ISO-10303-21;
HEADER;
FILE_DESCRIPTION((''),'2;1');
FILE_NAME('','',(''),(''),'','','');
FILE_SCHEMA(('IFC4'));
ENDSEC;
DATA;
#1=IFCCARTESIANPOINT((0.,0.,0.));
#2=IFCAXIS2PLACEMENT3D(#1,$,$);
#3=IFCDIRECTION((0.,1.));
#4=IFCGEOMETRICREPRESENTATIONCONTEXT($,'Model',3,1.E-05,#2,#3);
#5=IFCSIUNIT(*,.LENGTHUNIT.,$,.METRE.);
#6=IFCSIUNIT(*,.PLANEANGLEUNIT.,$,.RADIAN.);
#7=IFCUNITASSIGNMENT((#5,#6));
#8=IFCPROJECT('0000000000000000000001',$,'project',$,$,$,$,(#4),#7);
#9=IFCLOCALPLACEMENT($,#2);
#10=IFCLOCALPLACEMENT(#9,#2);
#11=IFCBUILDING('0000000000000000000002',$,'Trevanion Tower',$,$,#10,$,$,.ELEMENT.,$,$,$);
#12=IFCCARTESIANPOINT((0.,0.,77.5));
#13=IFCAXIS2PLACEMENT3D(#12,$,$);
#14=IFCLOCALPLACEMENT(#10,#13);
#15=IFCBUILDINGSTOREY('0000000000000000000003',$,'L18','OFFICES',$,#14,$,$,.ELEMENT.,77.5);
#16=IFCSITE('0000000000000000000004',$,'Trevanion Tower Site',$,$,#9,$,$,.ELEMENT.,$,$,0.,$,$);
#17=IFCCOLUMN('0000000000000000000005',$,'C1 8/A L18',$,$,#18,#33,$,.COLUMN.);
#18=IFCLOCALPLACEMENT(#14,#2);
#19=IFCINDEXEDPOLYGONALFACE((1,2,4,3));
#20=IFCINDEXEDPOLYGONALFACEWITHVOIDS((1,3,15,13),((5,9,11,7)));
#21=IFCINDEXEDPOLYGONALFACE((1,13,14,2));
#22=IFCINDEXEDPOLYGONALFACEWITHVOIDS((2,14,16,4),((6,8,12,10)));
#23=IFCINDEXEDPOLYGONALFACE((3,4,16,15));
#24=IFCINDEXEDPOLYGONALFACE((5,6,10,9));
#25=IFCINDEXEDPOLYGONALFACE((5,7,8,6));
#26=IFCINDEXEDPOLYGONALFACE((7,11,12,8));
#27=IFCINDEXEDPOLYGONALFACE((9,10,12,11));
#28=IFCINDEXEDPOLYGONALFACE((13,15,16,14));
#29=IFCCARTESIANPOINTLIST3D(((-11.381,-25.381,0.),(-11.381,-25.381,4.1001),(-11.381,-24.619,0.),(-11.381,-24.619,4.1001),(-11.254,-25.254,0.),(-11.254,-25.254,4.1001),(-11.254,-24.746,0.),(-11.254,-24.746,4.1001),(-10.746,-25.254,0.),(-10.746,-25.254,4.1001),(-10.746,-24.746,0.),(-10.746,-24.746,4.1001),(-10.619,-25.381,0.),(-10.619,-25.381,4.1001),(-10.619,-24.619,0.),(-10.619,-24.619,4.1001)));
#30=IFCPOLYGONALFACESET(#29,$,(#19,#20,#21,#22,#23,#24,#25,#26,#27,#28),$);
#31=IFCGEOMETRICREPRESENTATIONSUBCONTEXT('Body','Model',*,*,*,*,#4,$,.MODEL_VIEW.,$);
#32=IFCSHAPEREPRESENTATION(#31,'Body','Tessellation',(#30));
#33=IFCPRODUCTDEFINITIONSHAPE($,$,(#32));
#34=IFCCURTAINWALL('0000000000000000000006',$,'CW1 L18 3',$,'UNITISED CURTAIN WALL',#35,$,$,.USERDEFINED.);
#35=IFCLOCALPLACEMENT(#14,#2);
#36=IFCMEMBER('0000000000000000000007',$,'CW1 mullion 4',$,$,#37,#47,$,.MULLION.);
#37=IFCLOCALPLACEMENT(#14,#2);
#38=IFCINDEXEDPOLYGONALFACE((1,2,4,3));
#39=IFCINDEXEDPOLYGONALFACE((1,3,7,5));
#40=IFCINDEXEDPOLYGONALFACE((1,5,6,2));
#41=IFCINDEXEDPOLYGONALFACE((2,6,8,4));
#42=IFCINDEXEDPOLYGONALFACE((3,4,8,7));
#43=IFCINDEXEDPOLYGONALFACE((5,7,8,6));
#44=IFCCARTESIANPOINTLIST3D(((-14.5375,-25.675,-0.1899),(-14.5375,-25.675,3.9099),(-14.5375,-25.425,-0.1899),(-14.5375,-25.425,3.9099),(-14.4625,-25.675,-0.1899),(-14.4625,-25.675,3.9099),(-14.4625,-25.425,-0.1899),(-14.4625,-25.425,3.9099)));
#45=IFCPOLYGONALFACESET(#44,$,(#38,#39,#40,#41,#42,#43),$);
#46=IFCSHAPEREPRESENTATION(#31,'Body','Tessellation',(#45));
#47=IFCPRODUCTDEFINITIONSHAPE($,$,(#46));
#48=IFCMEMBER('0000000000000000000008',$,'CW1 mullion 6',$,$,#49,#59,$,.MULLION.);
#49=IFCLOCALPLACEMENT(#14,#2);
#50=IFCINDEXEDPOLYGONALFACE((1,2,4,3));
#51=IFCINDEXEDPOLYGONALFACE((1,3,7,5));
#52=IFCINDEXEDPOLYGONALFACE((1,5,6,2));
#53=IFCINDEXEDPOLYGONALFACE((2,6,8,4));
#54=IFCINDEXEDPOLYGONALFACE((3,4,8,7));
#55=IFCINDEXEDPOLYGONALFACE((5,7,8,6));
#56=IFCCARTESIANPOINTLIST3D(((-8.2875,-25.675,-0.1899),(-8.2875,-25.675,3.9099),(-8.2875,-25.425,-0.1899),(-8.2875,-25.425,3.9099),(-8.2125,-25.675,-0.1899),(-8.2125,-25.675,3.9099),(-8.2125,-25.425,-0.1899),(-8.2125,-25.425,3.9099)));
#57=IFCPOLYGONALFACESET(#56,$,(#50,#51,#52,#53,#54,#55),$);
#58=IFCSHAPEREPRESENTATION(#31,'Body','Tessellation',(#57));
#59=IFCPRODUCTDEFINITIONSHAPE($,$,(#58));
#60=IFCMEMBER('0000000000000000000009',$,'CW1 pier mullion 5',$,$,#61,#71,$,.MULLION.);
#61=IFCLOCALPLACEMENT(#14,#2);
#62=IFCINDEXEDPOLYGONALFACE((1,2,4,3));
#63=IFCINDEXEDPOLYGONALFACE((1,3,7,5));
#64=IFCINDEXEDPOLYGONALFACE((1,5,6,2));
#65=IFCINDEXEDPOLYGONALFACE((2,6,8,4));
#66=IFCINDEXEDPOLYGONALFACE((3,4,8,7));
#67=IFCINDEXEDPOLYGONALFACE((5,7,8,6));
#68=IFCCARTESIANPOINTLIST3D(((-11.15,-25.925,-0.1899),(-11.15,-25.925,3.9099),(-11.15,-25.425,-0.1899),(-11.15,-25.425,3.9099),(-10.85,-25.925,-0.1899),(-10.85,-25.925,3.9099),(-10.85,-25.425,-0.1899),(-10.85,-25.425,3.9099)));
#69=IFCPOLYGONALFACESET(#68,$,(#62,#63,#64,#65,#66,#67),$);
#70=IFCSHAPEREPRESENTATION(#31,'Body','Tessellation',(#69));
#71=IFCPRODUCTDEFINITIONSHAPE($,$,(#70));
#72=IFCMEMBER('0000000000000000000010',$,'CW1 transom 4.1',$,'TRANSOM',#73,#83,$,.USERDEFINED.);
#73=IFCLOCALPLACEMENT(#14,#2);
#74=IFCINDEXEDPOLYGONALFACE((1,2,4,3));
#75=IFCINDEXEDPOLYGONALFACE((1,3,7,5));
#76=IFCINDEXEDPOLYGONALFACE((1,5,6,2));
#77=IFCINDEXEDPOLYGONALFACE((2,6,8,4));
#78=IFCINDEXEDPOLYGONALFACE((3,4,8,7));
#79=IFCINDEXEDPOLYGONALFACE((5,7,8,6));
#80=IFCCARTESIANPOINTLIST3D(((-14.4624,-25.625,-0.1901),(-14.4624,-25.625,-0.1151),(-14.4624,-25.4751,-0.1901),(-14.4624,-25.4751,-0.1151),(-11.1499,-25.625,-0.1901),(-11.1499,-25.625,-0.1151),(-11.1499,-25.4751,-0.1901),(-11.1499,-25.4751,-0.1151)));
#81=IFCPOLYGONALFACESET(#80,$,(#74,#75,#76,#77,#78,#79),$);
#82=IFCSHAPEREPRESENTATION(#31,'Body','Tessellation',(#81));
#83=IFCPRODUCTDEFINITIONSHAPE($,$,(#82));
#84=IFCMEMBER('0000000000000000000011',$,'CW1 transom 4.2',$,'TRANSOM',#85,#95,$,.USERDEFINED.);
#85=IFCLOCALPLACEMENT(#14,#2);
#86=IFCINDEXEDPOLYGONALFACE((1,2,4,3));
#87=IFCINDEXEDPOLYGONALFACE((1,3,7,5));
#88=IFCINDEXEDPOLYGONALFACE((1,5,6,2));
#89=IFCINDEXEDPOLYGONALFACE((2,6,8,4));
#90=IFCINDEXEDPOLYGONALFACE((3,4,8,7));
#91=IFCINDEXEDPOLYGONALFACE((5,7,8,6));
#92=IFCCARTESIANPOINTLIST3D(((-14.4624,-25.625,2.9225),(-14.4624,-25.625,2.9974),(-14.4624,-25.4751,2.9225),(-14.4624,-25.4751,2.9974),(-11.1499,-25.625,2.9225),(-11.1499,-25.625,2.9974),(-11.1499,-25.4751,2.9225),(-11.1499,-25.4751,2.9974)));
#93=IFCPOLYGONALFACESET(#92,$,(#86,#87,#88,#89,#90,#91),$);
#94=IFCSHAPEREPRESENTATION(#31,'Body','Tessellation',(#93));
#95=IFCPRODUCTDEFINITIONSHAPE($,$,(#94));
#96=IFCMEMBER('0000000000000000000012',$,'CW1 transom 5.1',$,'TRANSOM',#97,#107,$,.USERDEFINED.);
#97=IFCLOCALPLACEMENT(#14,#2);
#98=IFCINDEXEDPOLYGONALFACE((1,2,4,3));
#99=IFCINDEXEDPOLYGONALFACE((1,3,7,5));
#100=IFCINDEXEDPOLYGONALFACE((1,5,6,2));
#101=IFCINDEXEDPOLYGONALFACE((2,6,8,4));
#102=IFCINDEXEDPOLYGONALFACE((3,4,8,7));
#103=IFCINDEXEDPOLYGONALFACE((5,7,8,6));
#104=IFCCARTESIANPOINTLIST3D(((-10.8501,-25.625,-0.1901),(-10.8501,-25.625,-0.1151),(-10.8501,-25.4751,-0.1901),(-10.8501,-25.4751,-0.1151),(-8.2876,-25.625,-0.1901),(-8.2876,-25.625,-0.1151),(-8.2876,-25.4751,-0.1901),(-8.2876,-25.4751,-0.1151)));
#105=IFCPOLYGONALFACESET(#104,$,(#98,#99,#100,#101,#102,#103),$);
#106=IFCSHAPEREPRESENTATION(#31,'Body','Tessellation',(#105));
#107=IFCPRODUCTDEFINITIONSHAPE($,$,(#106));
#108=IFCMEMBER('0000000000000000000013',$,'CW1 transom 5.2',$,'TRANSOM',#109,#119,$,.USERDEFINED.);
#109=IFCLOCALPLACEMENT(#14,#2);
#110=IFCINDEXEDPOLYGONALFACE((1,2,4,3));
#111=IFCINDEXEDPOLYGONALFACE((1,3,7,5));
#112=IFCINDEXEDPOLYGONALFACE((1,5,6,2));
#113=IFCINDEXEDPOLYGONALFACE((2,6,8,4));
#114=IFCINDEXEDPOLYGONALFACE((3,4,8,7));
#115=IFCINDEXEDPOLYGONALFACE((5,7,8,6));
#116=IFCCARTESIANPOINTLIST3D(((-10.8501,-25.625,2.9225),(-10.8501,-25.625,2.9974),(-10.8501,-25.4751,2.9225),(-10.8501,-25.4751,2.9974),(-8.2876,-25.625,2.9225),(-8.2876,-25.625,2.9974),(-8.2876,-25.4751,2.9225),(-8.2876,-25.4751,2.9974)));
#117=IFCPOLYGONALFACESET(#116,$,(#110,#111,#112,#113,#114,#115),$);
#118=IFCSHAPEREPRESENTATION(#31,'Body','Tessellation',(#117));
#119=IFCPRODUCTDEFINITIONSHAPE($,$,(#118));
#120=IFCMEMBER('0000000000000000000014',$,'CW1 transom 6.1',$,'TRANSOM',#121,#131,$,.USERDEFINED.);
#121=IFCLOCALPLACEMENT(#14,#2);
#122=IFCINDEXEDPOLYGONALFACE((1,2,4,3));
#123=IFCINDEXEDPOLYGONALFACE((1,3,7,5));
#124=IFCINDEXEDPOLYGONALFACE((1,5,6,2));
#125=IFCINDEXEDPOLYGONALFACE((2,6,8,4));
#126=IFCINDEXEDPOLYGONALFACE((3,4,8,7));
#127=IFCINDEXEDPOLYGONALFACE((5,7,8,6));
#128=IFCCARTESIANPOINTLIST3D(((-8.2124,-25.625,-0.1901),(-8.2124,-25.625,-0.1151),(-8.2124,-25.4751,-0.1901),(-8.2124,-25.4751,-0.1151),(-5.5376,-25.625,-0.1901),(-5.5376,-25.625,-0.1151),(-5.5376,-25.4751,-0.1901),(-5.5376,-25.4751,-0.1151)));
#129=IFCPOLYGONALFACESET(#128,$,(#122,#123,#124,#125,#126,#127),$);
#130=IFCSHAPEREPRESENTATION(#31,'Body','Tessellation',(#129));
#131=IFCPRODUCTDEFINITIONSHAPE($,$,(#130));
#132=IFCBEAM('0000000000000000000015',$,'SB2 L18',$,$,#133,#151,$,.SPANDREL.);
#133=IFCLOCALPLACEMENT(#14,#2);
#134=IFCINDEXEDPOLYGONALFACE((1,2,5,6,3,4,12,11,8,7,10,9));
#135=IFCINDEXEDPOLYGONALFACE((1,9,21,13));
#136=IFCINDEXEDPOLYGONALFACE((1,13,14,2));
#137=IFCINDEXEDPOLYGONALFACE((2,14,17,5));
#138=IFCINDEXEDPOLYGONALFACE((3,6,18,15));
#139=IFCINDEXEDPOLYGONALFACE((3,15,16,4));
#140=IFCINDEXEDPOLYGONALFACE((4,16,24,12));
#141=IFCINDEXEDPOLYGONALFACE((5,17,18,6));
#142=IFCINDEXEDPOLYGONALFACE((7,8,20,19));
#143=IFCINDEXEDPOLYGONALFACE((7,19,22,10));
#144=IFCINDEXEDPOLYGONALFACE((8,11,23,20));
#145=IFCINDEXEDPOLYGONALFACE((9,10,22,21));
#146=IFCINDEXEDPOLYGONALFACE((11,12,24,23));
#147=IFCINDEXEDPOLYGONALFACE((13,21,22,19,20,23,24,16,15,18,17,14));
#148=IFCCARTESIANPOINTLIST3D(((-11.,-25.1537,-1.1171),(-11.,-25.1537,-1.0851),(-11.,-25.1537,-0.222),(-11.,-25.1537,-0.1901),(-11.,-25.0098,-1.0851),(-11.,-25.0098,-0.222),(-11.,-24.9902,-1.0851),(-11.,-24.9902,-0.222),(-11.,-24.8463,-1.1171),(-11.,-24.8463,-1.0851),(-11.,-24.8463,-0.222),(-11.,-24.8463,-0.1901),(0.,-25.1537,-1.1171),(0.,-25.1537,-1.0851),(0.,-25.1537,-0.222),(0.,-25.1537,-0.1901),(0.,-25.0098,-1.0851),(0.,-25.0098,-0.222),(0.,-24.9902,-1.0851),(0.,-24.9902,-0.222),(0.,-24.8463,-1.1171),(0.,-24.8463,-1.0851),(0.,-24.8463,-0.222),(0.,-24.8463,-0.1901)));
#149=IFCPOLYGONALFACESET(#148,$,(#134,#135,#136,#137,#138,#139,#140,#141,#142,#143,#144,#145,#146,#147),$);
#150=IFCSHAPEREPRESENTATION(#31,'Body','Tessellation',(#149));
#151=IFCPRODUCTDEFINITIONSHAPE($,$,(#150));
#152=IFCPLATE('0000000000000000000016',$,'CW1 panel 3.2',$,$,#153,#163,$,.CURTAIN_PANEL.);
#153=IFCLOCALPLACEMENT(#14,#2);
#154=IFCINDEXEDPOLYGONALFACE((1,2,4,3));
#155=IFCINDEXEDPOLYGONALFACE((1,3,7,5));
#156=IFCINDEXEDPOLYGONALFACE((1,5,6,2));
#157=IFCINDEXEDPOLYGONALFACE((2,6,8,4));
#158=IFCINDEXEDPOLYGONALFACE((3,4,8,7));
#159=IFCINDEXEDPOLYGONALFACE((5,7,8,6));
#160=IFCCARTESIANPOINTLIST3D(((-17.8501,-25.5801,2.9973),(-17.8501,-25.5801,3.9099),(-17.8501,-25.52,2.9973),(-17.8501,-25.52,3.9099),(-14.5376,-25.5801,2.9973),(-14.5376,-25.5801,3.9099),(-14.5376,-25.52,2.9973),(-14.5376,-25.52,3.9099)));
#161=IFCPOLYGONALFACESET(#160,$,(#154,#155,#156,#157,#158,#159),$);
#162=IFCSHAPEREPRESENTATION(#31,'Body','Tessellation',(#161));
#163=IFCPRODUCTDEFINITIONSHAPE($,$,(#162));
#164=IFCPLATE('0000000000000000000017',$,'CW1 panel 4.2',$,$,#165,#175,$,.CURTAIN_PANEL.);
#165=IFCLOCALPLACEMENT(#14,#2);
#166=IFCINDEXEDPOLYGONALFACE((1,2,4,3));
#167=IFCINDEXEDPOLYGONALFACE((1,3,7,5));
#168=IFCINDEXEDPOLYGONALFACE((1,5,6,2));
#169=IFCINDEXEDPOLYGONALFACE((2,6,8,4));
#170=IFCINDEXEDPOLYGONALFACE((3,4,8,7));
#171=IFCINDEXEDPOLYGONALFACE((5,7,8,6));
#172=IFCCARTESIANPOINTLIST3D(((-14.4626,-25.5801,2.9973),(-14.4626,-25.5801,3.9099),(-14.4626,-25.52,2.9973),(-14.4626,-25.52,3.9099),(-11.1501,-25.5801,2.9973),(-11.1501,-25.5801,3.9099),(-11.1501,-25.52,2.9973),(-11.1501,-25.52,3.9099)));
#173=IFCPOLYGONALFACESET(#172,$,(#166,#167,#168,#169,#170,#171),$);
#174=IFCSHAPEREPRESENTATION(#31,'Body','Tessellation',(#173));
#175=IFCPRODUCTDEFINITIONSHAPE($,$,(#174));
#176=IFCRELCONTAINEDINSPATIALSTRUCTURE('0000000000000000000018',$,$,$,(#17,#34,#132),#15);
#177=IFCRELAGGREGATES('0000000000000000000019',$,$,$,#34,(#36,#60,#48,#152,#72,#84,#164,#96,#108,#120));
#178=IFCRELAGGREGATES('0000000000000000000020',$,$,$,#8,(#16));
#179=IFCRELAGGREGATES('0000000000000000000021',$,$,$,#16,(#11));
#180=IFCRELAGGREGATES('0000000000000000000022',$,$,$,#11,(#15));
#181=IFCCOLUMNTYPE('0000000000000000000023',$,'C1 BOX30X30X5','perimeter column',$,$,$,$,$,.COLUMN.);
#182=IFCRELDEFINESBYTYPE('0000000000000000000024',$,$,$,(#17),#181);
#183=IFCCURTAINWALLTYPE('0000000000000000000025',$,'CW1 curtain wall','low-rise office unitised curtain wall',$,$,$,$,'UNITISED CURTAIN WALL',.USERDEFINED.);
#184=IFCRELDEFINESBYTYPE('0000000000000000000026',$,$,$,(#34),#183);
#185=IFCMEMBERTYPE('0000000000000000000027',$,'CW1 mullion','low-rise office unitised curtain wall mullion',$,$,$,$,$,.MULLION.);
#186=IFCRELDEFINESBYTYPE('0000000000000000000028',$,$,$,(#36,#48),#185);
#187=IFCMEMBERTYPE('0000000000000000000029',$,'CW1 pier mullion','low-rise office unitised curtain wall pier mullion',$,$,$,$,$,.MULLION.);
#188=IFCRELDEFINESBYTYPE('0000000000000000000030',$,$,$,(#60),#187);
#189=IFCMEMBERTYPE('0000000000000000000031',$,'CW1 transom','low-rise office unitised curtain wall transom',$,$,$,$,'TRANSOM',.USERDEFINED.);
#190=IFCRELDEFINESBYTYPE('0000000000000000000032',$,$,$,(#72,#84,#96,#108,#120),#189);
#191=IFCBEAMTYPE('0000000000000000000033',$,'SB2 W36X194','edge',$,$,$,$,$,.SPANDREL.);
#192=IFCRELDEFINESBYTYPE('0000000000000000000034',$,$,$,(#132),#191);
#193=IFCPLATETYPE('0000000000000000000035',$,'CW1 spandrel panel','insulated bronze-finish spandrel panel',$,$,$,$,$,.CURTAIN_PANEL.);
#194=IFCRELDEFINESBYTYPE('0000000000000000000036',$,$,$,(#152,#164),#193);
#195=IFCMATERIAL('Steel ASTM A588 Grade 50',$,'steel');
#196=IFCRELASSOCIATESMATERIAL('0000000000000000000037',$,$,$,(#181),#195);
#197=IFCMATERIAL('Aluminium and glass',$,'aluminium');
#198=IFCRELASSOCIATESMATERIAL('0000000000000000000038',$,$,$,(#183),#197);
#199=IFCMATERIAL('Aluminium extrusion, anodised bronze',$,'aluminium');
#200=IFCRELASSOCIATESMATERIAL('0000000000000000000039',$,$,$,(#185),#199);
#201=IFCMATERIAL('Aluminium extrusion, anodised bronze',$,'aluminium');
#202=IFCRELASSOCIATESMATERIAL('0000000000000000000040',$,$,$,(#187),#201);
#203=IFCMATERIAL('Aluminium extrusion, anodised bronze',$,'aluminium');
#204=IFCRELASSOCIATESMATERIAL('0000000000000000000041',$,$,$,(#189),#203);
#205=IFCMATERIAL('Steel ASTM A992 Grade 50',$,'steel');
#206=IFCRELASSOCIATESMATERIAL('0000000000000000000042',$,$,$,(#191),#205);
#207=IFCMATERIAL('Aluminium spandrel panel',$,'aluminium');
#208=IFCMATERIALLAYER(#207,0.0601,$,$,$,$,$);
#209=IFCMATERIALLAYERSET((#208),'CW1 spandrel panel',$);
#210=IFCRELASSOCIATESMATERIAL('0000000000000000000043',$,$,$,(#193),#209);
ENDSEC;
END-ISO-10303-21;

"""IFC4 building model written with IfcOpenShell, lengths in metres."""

from ifc_helpers import new_model, si_unit, direction, frame, origin, origin_2d, place, context, subcontext, project, spatial, rectangle, hollow_rectangle, i_section, extrude, material, layer, layer_set, material_profile, profile_set, type_object, element, aggregate, save


model = new_model("IFC4")

# Units and contexts
model_context = context("Model", 3, precision=1e-05, world=origin(), true_north=direction((0.0, 1.0)))
body_context = subcontext(model_context, "Body", "Model", "MODEL_VIEW")
ifc_project = project(units=[si_unit("LENGTHUNIT", "METRE"), si_unit("PLANEANGLEUNIT", "RADIAN")], contexts=[model_context])

# Site, building, storey
site_placement = place(None, origin())
site = spatial("IfcSite", under=ifc_project, at=site_placement, Name="Trevanion Tower Site", CompositionType="ELEMENT", RefElevation=0.0)
building_placement = place(site_placement, origin())
building = spatial("IfcBuilding", under=site, at=building_placement, Name="Trevanion Tower", CompositionType="ELEMENT")
storey_placement = place(building_placement, frame((0.0, 0.0, 77.5)))
storey = spatial("IfcBuildingStorey", under=building, at=storey_placement, Name="L18", Description="OFFICES", CompositionType="ELEMENT", Elevation=77.5)

# Column
ifc_material_1 = material(Name="Steel ASTM A588 Grade 50", Category="steel")
ifc_material_profile_1 = material_profile(ifc_material_1, hollow_rectangle(XDim=0.762, YDim=0.762, WallThickness=0.127, at=origin_2d()), Name="BOX30X30X5")
ifc_profile_set_1 = profile_set([ifc_material_profile_1], Name="Steel ASTM A588 Grade 50")
column_type = type_object("IfcColumnType", Name="C1 BOX30X30X5", Description="perimeter column", PredefinedType="COLUMN", material=ifc_profile_set_1)
column_placement = place(storey_placement, frame((-11.0, -25.0, 0.0), z_axis=(0.0, 0.0, 1.0), x_axis=(1.0, 0.0, 0.0)))
element("IfcColumn", 1, at=column_placement, inside=storey, type_object=column_type, Name="C1 8/A L18", PredefinedType="COLUMN", context=body_context, shape_type="SweptSolid", body=[
    extrude(hollow_rectangle(XDim=0.762, YDim=0.762, WallThickness=0.127, at=origin_2d()), origin(), (0.0, 0.0, 1.0), 4.1001),
])

# Curtain wall, members
ifc_material_2 = material(Name="Aluminium and glass", Category="aluminium")
curtain_wall_type = type_object("IfcCurtainWallType", Name="CW1 curtain wall", Description="low-rise office unitised curtain wall", ElementType="UNITISED CURTAIN WALL", PredefinedType="USERDEFINED", material=ifc_material_2)
curtain_wall_placement = place(storey_placement, origin())
curtain_wall = element("IfcCurtainWall", 2, at=curtain_wall_placement, inside=storey, type_object=curtain_wall_type, Name="CW1 L18 3", ObjectType="UNITISED CURTAIN WALL", PredefinedType="USERDEFINED")
ifc_material_3 = material(Name="Aluminium extrusion, anodised bronze", Category="aluminium")
ifc_material_profile_2 = material_profile(ifc_material_3, rectangle(XDim=0.075, YDim=0.25, at=origin_2d()), Name="CW1 mullion")
ifc_profile_set_2 = profile_set([ifc_material_profile_2], Name="Aluminium extrusion, anodised bronze")
member_type_1 = type_object("IfcMemberType", Name="CW1 mullion", Description="low-rise office unitised curtain wall mullion", PredefinedType="MULLION", material=ifc_profile_set_2)
member_1_placement = place(storey_placement, frame((-14.5, -25.55, -0.1899), z_axis=(0.0, 0.0, 1.0), x_axis=(1.0, 0.0, 0.0)))
member_1 = element("IfcMember", 3, at=member_1_placement, type_object=member_type_1, Name="CW1 mullion 4", PredefinedType="MULLION", context=body_context, shape_type="SweptSolid", body=[
    extrude(rectangle(XDim=0.075, YDim=0.25, at=origin_2d()), origin(), (0.0, 0.0, 1.0), 4.0999),
])
member_2_placement = place(storey_placement, frame((-8.25, -25.55, -0.1899), z_axis=(0.0, 0.0, 1.0), x_axis=(1.0, 0.0, 0.0)))
member_2 = element("IfcMember", 4, at=member_2_placement, type_object=member_type_1, Name="CW1 mullion 6", PredefinedType="MULLION", context=body_context, shape_type="SweptSolid", body=[
    extrude(rectangle(XDim=0.075, YDim=0.25, at=origin_2d()), origin(), (0.0, 0.0, 1.0), 4.0999),
])
ifc_material_4 = material(Name="Aluminium extrusion, anodised bronze", Category="aluminium")
ifc_material_profile_3 = material_profile(ifc_material_4, rectangle(XDim=0.3, YDim=0.5, at=origin_2d()), Name="CW1 pier mullion")
ifc_profile_set_3 = profile_set([ifc_material_profile_3], Name="Aluminium extrusion, anodised bronze")
member_type_2 = type_object("IfcMemberType", Name="CW1 pier mullion", Description="low-rise office unitised curtain wall pier mullion", PredefinedType="MULLION", material=ifc_profile_set_3)
member_3_placement = place(storey_placement, frame((-11.0, -25.675, -0.1899), z_axis=(0.0, 0.0, 1.0), x_axis=(1.0, 0.0, 0.0)))
member_3 = element("IfcMember", 5, at=member_3_placement, type_object=member_type_2, Name="CW1 pier mullion 5", PredefinedType="MULLION", context=body_context, shape_type="SweptSolid", body=[
    extrude(rectangle(XDim=0.3, YDim=0.5, at=origin_2d()), origin(), (0.0, 0.0, 1.0), 4.0999),
])
ifc_material_5 = material(Name="Aluminium extrusion, anodised bronze", Category="aluminium")
ifc_material_profile_4 = material_profile(ifc_material_5, rectangle(XDim=0.1499, YDim=0.075, at=origin_2d()), Name="CW1 transom")
ifc_profile_set_4 = profile_set([ifc_material_profile_4], Name="Aluminium extrusion, anodised bronze")
member_type_3 = type_object("IfcMemberType", Name="CW1 transom", Description="low-rise office unitised curtain wall transom", ElementType="TRANSOM", PredefinedType="USERDEFINED", material=ifc_profile_set_4)
member_4_placement = place(storey_placement, frame((-14.4624, -25.55, -0.1526), z_axis=(1.0, 0.0, 0.0), x_axis=(0.0, 1.0, 0.0)))
member_4 = element("IfcMember", 6, at=member_4_placement, type_object=member_type_3, Name="CW1 transom 4.1", ObjectType="TRANSOM", PredefinedType="USERDEFINED", context=body_context, shape_type="SweptSolid", body=[
    extrude(rectangle(XDim=0.1499, YDim=0.075, at=origin_2d()), origin(), (0.0, 0.0, 1.0), 3.3125),
])
member_5_placement = place(storey_placement, frame((-14.4624, -25.55, 2.96), z_axis=(1.0, 0.0, 0.0), x_axis=(0.0, 1.0, 0.0)))
member_5 = element("IfcMember", 7, at=member_5_placement, type_object=member_type_3, Name="CW1 transom 4.2", ObjectType="TRANSOM", PredefinedType="USERDEFINED", context=body_context, shape_type="SweptSolid", body=[
    extrude(rectangle(XDim=0.1499, YDim=0.075, at=origin_2d()), origin(), (0.0, 0.0, 1.0), 3.3125),
])
member_6_placement = place(storey_placement, frame((-10.8501, -25.55, -0.1526), z_axis=(1.0, 0.0, 0.0), x_axis=(0.0, 1.0, 0.0)))
member_6 = element("IfcMember", 8, at=member_6_placement, type_object=member_type_3, Name="CW1 transom 5.1", ObjectType="TRANSOM", PredefinedType="USERDEFINED", context=body_context, shape_type="SweptSolid", body=[
    extrude(rectangle(XDim=0.1499, YDim=0.075, at=origin_2d()), origin(), (0.0, 0.0, 1.0), 2.5625),
])
member_7_placement = place(storey_placement, frame((-10.8501, -25.55, 2.96), z_axis=(1.0, 0.0, 0.0), x_axis=(0.0, 1.0, 0.0)))
member_7 = element("IfcMember", 9, at=member_7_placement, type_object=member_type_3, Name="CW1 transom 5.2", ObjectType="TRANSOM", PredefinedType="USERDEFINED", context=body_context, shape_type="SweptSolid", body=[
    extrude(rectangle(XDim=0.1499, YDim=0.075, at=origin_2d()), origin(), (0.0, 0.0, 1.0), 2.5625),
])
member_8_placement = place(storey_placement, frame((-8.2124, -25.55, -0.1526), z_axis=(1.0, 0.0, 0.0), x_axis=(0.0, 1.0, 0.0)))
member_8 = element("IfcMember", 10, at=member_8_placement, type_object=member_type_3, Name="CW1 transom 6.1", ObjectType="TRANSOM", PredefinedType="USERDEFINED", context=body_context, shape_type="SweptSolid", body=[
    extrude(rectangle(XDim=0.1499, YDim=0.075, at=origin_2d()), origin(), (0.0, 0.0, 1.0), 2.6748),
])

# Beam
ifc_material_6 = material(Name="Steel ASTM A992 Grade 50", Category="steel")
ifc_material_profile_5 = material_profile(ifc_material_6, i_section(OverallWidth=0.3074, OverallDepth=0.927, WebThickness=0.0195, FlangeThickness=0.032, at=origin_2d()), Name="W36X194")
ifc_profile_set_5 = profile_set([ifc_material_profile_5], Name="Steel ASTM A992 Grade 50")
beam_type = type_object("IfcBeamType", Name="SB2 W36X194", Description="edge", PredefinedType="SPANDREL", material=ifc_profile_set_5)
beam_placement = place(storey_placement, frame((-11.0, -25.0, -0.6536), z_axis=(1.0, 0.0, 0.0), x_axis=(0.0, 1.0, 0.0)))
element("IfcBeam", 11, at=beam_placement, inside=storey, type_object=beam_type, Name="SB2 L18", PredefinedType="SPANDREL", context=body_context, shape_type="SweptSolid", body=[
    extrude(i_section(OverallWidth=0.3074, OverallDepth=0.927, WebThickness=0.0195, FlangeThickness=0.032, at=origin_2d()), origin(), (0.0, 0.0, 1.0), 11.0),
])

# Plates
ifc_material_7 = material(Name="Aluminium spandrel panel", Category="aluminium")
ifc_layer_1 = layer(ifc_material_7, 0.0601)
ifc_layer_set_1 = layer_set([ifc_layer_1], Name="CW1 spandrel panel")
plate_type_1 = type_object("IfcPlateType", Name="CW1 spandrel panel", Description="insulated bronze-finish spandrel panel", PredefinedType="CURTAIN_PANEL", material=ifc_layer_set_1)
plate_1_placement = place(storey_placement, frame((-16.1938, -25.55, 2.9973), z_axis=(0.0, 0.0, 1.0), x_axis=(1.0, 0.0, 0.0)))
plate_1 = element("IfcPlate", 12, at=plate_1_placement, type_object=plate_type_1, Name="CW1 panel 3.2", PredefinedType="CURTAIN_PANEL", context=body_context, shape_type="SweptSolid", body=[
    extrude(rectangle(XDim=3.3125, YDim=0.0601, at=origin_2d()), origin(), (0.0, 0.0, 1.0), 0.9126),
])
plate_2_placement = place(storey_placement, frame((-12.8064, -25.55, 2.9973), z_axis=(0.0, 0.0, 1.0), x_axis=(1.0, 0.0, 0.0)))
plate_2 = element("IfcPlate", 13, at=plate_2_placement, type_object=plate_type_1, Name="CW1 panel 4.2", PredefinedType="CURTAIN_PANEL", context=body_context, shape_type="SweptSolid", body=[
    extrude(rectangle(XDim=3.3125, YDim=0.0601, at=origin_2d()), origin(), (0.0, 0.0, 1.0), 0.9126),
])
aggregate(curtain_wall, [member_1, member_3, member_2, plate_1, member_4, member_5, plate_2, member_6, member_7, member_8])

save(model, "model.ifc")
